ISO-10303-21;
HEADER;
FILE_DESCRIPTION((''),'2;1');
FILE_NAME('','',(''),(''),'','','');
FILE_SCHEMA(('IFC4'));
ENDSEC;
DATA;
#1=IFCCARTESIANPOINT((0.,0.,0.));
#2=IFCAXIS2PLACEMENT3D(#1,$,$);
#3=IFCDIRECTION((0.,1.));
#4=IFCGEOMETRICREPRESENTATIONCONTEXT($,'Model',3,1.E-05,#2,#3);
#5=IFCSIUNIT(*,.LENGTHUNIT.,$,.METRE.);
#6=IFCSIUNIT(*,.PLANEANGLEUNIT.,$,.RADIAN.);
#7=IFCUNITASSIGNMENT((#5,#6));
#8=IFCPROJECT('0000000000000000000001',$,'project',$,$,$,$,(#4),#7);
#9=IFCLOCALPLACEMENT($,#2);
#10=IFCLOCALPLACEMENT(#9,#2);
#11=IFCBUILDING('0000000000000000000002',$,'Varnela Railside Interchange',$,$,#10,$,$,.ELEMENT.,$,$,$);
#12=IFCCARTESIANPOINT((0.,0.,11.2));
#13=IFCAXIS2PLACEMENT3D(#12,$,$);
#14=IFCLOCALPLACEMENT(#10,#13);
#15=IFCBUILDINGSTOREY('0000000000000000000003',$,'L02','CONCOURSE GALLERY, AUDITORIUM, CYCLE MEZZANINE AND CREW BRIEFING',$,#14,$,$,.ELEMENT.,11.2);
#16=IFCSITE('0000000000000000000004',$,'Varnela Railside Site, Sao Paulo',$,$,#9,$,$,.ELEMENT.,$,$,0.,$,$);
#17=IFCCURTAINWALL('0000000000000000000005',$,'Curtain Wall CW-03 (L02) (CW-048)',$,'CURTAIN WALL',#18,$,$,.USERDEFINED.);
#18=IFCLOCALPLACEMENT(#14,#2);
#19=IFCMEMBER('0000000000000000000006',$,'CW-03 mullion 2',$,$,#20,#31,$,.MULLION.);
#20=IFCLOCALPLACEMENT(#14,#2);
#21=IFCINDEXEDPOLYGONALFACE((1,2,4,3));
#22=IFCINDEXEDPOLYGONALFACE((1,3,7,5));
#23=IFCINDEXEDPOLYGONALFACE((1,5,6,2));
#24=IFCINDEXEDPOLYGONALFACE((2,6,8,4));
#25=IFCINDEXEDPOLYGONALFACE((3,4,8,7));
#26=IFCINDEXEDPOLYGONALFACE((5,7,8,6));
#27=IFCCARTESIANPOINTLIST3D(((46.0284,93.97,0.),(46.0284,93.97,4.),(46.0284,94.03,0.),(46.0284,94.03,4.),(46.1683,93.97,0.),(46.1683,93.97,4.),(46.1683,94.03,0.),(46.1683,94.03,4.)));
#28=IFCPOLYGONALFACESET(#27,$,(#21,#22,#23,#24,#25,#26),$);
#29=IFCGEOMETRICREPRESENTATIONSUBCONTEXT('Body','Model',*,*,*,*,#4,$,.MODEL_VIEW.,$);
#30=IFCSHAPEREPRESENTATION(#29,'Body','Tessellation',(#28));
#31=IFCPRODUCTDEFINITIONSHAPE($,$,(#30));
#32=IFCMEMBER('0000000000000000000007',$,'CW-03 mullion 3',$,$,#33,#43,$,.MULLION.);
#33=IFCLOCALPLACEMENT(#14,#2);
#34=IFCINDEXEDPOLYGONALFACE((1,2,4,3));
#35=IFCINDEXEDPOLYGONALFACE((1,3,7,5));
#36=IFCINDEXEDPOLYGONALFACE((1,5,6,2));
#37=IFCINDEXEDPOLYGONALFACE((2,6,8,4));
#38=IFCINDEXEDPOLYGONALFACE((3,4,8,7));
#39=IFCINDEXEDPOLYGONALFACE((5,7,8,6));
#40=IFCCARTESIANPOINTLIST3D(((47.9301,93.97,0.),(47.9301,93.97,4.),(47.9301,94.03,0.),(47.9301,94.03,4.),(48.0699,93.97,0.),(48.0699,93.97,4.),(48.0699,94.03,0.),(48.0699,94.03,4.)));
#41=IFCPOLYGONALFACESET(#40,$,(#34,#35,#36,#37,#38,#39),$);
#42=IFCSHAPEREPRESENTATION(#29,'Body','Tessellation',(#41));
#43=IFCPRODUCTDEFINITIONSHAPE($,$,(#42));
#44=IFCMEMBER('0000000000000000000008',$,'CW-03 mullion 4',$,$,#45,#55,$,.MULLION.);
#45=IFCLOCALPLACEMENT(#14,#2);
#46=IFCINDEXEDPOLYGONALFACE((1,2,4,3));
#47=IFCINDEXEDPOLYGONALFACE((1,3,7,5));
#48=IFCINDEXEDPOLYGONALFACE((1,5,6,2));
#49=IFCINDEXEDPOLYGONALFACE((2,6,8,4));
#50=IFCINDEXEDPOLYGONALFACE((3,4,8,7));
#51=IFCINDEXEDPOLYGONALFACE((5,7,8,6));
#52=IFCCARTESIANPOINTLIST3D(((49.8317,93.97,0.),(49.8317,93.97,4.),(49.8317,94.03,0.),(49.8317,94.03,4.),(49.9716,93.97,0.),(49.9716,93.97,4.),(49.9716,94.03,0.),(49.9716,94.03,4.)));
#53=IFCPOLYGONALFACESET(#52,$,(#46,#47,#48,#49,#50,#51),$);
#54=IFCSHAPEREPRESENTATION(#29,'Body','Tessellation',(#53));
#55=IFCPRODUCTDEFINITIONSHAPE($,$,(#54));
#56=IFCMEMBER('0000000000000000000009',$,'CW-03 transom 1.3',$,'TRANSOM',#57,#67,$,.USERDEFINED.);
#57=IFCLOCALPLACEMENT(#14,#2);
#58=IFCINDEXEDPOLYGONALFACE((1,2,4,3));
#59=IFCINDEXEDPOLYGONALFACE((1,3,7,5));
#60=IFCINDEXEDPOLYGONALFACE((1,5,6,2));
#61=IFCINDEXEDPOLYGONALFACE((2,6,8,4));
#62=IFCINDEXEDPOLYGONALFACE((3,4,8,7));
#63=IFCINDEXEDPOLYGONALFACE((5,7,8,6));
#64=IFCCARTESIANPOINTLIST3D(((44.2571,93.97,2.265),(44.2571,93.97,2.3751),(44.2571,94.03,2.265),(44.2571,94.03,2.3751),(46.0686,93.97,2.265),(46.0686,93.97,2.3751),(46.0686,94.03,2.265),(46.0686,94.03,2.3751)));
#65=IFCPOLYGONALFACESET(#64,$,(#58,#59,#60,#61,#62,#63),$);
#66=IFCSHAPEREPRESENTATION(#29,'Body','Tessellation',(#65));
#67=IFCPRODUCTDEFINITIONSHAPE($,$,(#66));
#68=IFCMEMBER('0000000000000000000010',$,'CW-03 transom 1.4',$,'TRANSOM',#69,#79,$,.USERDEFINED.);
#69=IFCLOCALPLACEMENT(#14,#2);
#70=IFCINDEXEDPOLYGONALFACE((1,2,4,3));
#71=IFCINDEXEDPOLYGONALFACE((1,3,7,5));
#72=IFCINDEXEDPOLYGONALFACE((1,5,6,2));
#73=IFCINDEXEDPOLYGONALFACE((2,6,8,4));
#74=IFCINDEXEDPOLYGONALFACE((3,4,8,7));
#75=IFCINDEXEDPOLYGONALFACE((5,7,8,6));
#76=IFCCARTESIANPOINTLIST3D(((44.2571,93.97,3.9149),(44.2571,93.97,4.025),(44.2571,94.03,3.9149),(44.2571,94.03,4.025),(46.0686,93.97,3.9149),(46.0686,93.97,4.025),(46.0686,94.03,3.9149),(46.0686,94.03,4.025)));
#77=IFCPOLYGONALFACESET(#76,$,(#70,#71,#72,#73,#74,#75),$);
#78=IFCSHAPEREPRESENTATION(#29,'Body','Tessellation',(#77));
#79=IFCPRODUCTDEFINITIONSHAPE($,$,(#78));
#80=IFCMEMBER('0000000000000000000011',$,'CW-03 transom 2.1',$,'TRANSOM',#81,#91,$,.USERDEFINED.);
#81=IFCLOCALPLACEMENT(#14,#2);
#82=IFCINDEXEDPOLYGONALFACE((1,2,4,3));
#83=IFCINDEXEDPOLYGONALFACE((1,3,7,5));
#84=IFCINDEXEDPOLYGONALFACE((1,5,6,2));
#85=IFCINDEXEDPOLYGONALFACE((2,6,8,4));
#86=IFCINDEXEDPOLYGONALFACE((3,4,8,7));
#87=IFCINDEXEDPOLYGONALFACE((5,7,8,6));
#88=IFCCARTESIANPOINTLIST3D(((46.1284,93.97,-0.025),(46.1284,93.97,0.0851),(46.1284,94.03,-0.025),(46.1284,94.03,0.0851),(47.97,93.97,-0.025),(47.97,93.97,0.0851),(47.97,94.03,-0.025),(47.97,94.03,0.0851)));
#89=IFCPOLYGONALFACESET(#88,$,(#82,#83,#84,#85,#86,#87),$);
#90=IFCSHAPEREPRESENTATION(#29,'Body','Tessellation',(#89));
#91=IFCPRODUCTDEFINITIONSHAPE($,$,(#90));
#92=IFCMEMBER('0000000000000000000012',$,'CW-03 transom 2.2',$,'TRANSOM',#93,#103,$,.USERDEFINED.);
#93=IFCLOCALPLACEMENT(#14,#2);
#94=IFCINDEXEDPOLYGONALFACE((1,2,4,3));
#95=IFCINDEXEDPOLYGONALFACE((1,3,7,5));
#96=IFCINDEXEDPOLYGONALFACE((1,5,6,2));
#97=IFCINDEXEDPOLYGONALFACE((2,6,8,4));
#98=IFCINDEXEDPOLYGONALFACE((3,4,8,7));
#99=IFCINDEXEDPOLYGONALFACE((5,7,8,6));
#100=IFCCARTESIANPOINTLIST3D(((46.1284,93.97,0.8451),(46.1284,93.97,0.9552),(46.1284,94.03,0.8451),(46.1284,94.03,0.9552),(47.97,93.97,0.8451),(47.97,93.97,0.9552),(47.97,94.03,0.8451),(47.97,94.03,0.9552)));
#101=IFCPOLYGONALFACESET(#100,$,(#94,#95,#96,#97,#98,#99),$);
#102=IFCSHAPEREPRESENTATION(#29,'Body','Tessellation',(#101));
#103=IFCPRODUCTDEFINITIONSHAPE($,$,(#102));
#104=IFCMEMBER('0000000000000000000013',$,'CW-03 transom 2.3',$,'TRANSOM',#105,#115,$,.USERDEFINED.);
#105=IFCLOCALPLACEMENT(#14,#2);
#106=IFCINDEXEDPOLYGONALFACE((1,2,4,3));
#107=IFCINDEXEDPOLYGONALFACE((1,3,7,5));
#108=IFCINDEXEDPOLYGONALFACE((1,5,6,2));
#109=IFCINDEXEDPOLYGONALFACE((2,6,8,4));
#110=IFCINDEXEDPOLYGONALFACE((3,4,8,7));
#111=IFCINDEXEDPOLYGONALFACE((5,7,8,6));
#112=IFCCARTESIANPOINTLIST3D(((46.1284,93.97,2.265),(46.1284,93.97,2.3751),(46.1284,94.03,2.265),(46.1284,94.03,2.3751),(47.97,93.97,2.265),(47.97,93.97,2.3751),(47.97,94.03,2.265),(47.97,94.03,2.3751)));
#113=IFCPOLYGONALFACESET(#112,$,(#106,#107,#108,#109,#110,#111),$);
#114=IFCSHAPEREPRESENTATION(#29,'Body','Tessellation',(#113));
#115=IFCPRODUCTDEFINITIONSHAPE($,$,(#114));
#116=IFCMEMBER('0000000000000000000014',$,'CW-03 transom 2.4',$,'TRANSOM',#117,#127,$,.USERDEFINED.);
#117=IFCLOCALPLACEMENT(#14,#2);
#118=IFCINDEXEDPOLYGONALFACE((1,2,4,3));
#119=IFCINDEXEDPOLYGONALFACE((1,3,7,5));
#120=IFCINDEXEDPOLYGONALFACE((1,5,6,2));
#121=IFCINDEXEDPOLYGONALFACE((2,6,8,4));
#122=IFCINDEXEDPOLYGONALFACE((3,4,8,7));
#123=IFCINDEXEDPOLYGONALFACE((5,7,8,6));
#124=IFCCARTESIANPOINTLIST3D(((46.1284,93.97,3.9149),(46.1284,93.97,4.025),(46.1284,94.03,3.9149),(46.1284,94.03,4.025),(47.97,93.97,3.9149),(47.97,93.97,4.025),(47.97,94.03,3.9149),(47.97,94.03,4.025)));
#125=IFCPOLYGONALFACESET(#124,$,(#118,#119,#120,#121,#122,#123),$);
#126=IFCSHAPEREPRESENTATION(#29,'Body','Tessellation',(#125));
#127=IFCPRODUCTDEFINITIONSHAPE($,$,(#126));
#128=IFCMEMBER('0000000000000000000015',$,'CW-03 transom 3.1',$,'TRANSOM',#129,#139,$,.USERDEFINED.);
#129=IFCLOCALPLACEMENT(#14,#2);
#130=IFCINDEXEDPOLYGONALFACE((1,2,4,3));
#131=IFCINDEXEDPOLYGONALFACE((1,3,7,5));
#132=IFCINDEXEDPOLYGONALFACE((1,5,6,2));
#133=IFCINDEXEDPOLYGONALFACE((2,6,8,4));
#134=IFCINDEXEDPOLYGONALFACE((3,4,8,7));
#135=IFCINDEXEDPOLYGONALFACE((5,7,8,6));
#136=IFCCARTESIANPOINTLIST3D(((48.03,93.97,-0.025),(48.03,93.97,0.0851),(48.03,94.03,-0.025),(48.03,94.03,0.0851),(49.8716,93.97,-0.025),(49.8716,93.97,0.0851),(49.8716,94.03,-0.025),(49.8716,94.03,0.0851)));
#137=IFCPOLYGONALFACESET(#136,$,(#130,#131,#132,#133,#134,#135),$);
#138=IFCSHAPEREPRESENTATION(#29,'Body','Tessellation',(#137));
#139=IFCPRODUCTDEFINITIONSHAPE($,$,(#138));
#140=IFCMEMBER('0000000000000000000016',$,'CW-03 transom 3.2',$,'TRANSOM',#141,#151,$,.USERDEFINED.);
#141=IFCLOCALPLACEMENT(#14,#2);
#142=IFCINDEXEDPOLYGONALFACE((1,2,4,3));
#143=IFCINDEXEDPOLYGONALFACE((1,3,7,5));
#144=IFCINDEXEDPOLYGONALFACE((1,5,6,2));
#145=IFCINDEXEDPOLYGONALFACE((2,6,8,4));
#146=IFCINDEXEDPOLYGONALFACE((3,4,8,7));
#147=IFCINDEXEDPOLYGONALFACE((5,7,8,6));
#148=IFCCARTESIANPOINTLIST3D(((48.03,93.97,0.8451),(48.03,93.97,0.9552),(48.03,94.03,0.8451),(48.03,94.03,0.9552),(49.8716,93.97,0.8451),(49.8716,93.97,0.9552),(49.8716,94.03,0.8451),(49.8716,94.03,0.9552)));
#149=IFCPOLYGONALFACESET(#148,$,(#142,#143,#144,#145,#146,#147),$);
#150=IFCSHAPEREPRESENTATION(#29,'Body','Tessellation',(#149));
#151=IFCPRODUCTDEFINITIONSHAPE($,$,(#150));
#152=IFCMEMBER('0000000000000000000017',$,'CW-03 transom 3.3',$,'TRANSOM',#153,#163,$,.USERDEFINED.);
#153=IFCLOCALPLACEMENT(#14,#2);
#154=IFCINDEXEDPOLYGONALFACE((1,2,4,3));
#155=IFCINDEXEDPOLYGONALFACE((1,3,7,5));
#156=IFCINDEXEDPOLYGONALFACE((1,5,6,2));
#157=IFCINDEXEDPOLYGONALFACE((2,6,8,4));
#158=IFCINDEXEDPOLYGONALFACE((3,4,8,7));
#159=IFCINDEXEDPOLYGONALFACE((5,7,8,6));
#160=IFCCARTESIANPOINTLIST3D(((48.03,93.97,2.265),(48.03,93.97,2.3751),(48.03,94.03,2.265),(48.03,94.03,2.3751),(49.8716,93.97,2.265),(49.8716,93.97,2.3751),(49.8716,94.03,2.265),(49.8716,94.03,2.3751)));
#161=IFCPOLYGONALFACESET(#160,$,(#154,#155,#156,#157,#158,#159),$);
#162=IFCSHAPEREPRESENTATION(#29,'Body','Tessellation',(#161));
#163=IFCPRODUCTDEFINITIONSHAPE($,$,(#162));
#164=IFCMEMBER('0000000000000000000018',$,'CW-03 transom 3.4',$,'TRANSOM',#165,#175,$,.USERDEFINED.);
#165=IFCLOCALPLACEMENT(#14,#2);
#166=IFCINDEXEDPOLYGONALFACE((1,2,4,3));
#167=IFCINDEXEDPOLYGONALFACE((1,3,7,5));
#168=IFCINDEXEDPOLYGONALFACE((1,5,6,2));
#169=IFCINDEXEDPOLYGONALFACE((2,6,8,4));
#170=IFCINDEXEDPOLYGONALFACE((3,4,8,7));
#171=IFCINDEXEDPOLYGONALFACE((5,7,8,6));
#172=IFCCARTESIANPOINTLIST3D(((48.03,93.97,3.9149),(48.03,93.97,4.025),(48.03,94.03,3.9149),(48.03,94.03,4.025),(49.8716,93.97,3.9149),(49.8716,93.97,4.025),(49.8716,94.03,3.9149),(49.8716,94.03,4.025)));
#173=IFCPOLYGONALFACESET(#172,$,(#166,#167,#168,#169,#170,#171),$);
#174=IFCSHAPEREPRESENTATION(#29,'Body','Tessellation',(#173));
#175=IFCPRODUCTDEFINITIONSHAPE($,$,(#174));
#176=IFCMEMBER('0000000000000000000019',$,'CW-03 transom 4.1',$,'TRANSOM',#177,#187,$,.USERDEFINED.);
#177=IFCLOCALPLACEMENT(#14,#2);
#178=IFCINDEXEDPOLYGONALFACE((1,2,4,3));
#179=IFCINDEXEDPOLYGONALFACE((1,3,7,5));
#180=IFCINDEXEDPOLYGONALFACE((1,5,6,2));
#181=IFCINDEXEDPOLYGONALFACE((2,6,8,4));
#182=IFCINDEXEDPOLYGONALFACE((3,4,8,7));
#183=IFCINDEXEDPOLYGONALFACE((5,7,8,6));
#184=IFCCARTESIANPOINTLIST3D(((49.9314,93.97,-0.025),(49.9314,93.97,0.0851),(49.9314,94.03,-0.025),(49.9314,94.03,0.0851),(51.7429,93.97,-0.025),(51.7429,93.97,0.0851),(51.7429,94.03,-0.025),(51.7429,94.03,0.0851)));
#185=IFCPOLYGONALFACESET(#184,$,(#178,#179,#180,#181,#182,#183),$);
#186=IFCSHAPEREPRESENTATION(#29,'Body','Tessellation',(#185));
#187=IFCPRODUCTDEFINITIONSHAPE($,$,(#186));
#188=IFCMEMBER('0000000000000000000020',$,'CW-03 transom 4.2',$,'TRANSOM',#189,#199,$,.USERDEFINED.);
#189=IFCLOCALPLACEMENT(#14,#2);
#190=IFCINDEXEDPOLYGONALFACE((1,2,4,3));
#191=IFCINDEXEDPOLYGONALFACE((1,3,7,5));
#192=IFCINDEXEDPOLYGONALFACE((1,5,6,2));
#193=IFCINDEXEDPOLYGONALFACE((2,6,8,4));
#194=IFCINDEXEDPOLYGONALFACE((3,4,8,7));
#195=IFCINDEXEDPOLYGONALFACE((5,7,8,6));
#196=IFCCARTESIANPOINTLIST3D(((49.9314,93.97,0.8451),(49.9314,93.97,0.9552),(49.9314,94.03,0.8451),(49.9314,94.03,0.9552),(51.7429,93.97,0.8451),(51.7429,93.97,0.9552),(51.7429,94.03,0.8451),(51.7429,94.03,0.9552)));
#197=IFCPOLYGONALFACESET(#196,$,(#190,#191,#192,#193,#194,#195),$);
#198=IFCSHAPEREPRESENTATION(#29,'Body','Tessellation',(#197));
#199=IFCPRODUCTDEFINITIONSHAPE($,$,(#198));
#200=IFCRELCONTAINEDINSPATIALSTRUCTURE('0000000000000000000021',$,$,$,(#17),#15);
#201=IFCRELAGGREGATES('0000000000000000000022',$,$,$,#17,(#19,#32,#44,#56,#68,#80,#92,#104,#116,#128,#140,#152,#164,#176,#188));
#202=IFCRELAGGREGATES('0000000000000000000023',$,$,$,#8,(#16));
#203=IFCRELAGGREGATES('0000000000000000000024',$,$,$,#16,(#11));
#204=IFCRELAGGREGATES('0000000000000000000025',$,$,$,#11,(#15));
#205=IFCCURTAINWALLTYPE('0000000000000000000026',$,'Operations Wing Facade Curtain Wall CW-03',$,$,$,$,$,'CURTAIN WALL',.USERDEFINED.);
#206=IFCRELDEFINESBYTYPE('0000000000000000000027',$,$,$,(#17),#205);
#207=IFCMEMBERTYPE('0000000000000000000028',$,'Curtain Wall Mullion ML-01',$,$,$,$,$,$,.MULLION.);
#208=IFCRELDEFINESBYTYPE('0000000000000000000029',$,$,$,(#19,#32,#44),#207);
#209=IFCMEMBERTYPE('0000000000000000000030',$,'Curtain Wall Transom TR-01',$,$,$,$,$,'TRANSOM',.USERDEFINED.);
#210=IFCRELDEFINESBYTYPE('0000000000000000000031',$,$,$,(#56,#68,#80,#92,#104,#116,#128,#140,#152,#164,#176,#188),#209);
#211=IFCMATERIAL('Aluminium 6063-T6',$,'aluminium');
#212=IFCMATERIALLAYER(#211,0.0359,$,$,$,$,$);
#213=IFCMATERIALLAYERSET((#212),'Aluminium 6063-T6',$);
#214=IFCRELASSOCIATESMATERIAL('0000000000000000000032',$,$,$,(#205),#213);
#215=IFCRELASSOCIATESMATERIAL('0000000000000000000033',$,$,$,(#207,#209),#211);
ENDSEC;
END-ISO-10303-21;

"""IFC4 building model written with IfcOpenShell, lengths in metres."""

from ifc_helpers import new_model, si_unit, direction, frame, origin, origin_2d, place, context, subcontext, project, spatial, rectangle, extrude, material, layer, layer_set, material_profile, profile_set, type_object, element, aggregate, save


model = new_model("IFC4")

# Units and contexts
model_context = context("Model", 3, precision=1e-05, world=origin(), true_north=direction((0.0, 1.0)))
body_context = subcontext(model_context, "Body", "Model", "MODEL_VIEW")
ifc_project = project(units=[si_unit("LENGTHUNIT", "METRE"), si_unit("PLANEANGLEUNIT", "RADIAN")], contexts=[model_context])

# Site, building, storey
site_placement = place(None, origin())
site = spatial("IfcSite", under=ifc_project, at=site_placement, Name="Varnela Railside Site, Sao Paulo", CompositionType="ELEMENT", RefElevation=0.0)
building_placement = place(site_placement, origin())
building = spatial("IfcBuilding", under=site, at=building_placement, Name="Varnela Railside Interchange", CompositionType="ELEMENT")
storey_placement = place(building_placement, frame((0.0, 0.0, 11.2)))
storey = spatial("IfcBuildingStorey", under=building, at=storey_placement, Name="L02", Description="CONCOURSE GALLERY, AUDITORIUM, CYCLE MEZZANINE AND CREW BRIEFING", CompositionType="ELEMENT", Elevation=11.2)

# Curtain wall, members
ifc_material_1 = material(Name="Aluminium 6063-T6", Category="aluminium")
ifc_layer_1 = layer(ifc_material_1, 0.0359)
ifc_layer_set_1 = layer_set([ifc_layer_1], Name="Aluminium 6063-T6")
curtain_wall_type = type_object("IfcCurtainWallType", Name="Operations Wing Facade Curtain Wall CW-03", ElementType="CURTAIN WALL", PredefinedType="USERDEFINED", material=ifc_layer_set_1)
curtain_wall_placement = place(storey_placement, origin())
curtain_wall = element("IfcCurtainWall", 1, at=curtain_wall_placement, inside=storey, type_object=curtain_wall_type, Name="Curtain Wall CW-03 (L02) (CW-048)", ObjectType="CURTAIN WALL", PredefinedType="USERDEFINED")
ifc_material_profile_1 = material_profile(ifc_material_1, rectangle(XDim=0.0601, YDim=0.1399, at=origin_2d()), Name="ALU 60x140")
ifc_profile_set_1 = profile_set([ifc_material_profile_1], Name="Aluminium 6063-T6")
member_type_1 = type_object("IfcMemberType", Name="Curtain Wall Mullion ML-01", PredefinedType="MULLION", material=ifc_profile_set_1)
member_1_placement = place(storey_placement, frame((46.0984, 94.0, 0.0), z_axis=(0.0, 0.0, 1.0), x_axis=(0.0, 1.0, 0.0)))
member_1 = element("IfcMember", 2, at=member_1_placement, type_object=member_type_1, Name="CW-03 mullion 2", PredefinedType="MULLION", context=body_context, shape_type="SweptSolid", body=[
    extrude(rectangle(XDim=0.0601, YDim=0.1399, at=origin_2d()), origin(), (0.0, 0.0, 1.0), 4.0),
])
member_2_placement = place(storey_placement, frame((48.0, 94.0, 0.0), z_axis=(0.0, 0.0, 1.0), x_axis=(0.0, 1.0, 0.0)))
member_2 = element("IfcMember", 3, at=member_2_placement, type_object=member_type_1, Name="CW-03 mullion 3", PredefinedType="MULLION", context=body_context, shape_type="SweptSolid", body=[
    extrude(rectangle(XDim=0.0601, YDim=0.1399, at=origin_2d()), origin(), (0.0, 0.0, 1.0), 4.0),
])
member_3_placement = place(storey_placement, frame((49.9016, 94.0, 0.0), z_axis=(0.0, 0.0, 1.0), x_axis=(0.0, 1.0, 0.0)))
member_3 = element("IfcMember", 4, at=member_3_placement, type_object=member_type_1, Name="CW-03 mullion 4", PredefinedType="MULLION", context=body_context, shape_type="SweptSolid", body=[
    extrude(rectangle(XDim=0.0601, YDim=0.1399, at=origin_2d()), origin(), (0.0, 0.0, 1.0), 4.0),
])
ifc_material_profile_2 = material_profile(ifc_material_1, rectangle(XDim=0.0601, YDim=0.1101, at=origin_2d()), Name="ALU 60x110")
ifc_profile_set_2 = profile_set([ifc_material_profile_2], Name="Aluminium 6063-T6")
member_type_2 = type_object("IfcMemberType", Name="Curtain Wall Transom TR-01", ElementType="TRANSOM", PredefinedType="USERDEFINED", material=ifc_profile_set_2)
member_4_placement = place(storey_placement, frame((44.2571, 94.0, 2.3201), z_axis=(1.0, 0.0, 0.0), x_axis=(0.0, 1.0, 0.0)))
member_4 = element("IfcMember", 5, at=member_4_placement, type_object=member_type_2, Name="CW-03 transom 1.3", ObjectType="TRANSOM", PredefinedType="USERDEFINED", context=body_context, shape_type="SweptSolid", body=[
    extrude(rectangle(XDim=0.0601, YDim=0.1101, at=origin_2d()), origin(), (0.0, 0.0, 1.0), 1.8115),
])
member_5_placement = place(storey_placement, frame((44.2571, 94.0, 3.97), z_axis=(1.0, 0.0, 0.0), x_axis=(0.0, 1.0, 0.0)))
member_5 = element("IfcMember", 6, at=member_5_placement, type_object=member_type_2, Name="CW-03 transom 1.4", ObjectType="TRANSOM", PredefinedType="USERDEFINED", context=body_context, shape_type="SweptSolid", body=[
    extrude(rectangle(XDim=0.0601, YDim=0.1101, at=origin_2d()), origin(), (0.0, 0.0, 1.0), 1.8115),
])
member_6_placement = place(storey_placement, frame((46.1284, 94.0, 0.03), z_axis=(1.0, 0.0, 0.0), x_axis=(0.0, 1.0, 0.0)))
member_6 = element("IfcMember", 7, at=member_6_placement, type_object=member_type_2, Name="CW-03 transom 2.1", ObjectType="TRANSOM", PredefinedType="USERDEFINED", context=body_context, shape_type="SweptSolid", body=[
    extrude(rectangle(XDim=0.0601, YDim=0.1101, at=origin_2d()), origin(), (0.0, 0.0, 1.0), 1.8416),
])
member_7_placement = place(storey_placement, frame((46.1284, 94.0, 0.9001), z_axis=(1.0, 0.0, 0.0), x_axis=(0.0, 1.0, 0.0)))
member_7 = element("IfcMember", 8, at=member_7_placement, type_object=member_type_2, Name="CW-03 transom 2.2", ObjectType="TRANSOM", PredefinedType="USERDEFINED", context=body_context, shape_type="SweptSolid", body=[
    extrude(rectangle(XDim=0.0601, YDim=0.1101, at=origin_2d()), origin(), (0.0, 0.0, 1.0), 1.8416),
])
member_8_placement = place(storey_placement, frame((46.1284, 94.0, 2.3201), z_axis=(1.0, 0.0, 0.0), x_axis=(0.0, 1.0, 0.0)))
member_8 = element("IfcMember", 9, at=member_8_placement, type_object=member_type_2, Name="CW-03 transom 2.3", ObjectType="TRANSOM", PredefinedType="USERDEFINED", context=body_context, shape_type="SweptSolid", body=[
    extrude(rectangle(XDim=0.0601, YDim=0.1101, at=origin_2d()), origin(), (0.0, 0.0, 1.0), 1.8416),
])
member_9_placement = place(storey_placement, frame((46.1284, 94.0, 3.97), z_axis=(1.0, 0.0, 0.0), x_axis=(0.0, 1.0, 0.0)))
member_9 = element("IfcMember", 10, at=member_9_placement, type_object=member_type_2, Name="CW-03 transom 2.4", ObjectType="TRANSOM", PredefinedType="USERDEFINED", context=body_context, shape_type="SweptSolid", body=[
    extrude(rectangle(XDim=0.0601, YDim=0.1101, at=origin_2d()), origin(), (0.0, 0.0, 1.0), 1.8416),
])
member_10_placement = place(storey_placement, frame((48.03, 94.0, 0.03), z_axis=(1.0, 0.0, 0.0), x_axis=(0.0, 1.0, 0.0)))
member_10 = element("IfcMember", 11, at=member_10_placement, type_object=member_type_2, Name="CW-03 transom 3.1", ObjectType="TRANSOM", PredefinedType="USERDEFINED", context=body_context, shape_type="SweptSolid", body=[
    extrude(rectangle(XDim=0.0601, YDim=0.1101, at=origin_2d()), origin(), (0.0, 0.0, 1.0), 1.8416),
])
member_11_placement = place(storey_placement, frame((48.03, 94.0, 0.9001), z_axis=(1.0, 0.0, 0.0), x_axis=(0.0, 1.0, 0.0)))
member_11 = element("IfcMember", 12, at=member_11_placement, type_object=member_type_2, Name="CW-03 transom 3.2", ObjectType="TRANSOM", PredefinedType="USERDEFINED", context=body_context, shape_type="SweptSolid", body=[
    extrude(rectangle(XDim=0.0601, YDim=0.1101, at=origin_2d()), origin(), (0.0, 0.0, 1.0), 1.8416),
])
member_12_placement = place(storey_placement, frame((48.03, 94.0, 2.3201), z_axis=(1.0, 0.0, 0.0), x_axis=(0.0, 1.0, 0.0)))
member_12 = element("IfcMember", 13, at=member_12_placement, type_object=member_type_2, Name="CW-03 transom 3.3", ObjectType="TRANSOM", PredefinedType="USERDEFINED", context=body_context, shape_type="SweptSolid", body=[
    extrude(rectangle(XDim=0.0601, YDim=0.1101, at=origin_2d()), origin(), (0.0, 0.0, 1.0), 1.8416),
])
member_13_placement = place(storey_placement, frame((48.03, 94.0, 3.97), z_axis=(1.0, 0.0, 0.0), x_axis=(0.0, 1.0, 0.0)))
member_13 = element("IfcMember", 14, at=member_13_placement, type_object=member_type_2, Name="CW-03 transom 3.4", ObjectType="TRANSOM", PredefinedType="USERDEFINED", context=body_context, shape_type="SweptSolid", body=[
    extrude(rectangle(XDim=0.0601, YDim=0.1101, at=origin_2d()), origin(), (0.0, 0.0, 1.0), 1.8416),
])
member_14_placement = place(storey_placement, frame((49.9314, 94.0, 0.03), z_axis=(1.0, 0.0, 0.0), x_axis=(0.0, 1.0, 0.0)))
member_14 = element("IfcMember", 15, at=member_14_placement, type_object=member_type_2, Name="CW-03 transom 4.1", ObjectType="TRANSOM", PredefinedType="USERDEFINED", context=body_context, shape_type="SweptSolid", body=[
    extrude(rectangle(XDim=0.0601, YDim=0.1101, at=origin_2d()), origin(), (0.0, 0.0, 1.0), 1.8115),
])
member_15_placement = place(storey_placement, frame((49.9314, 94.0, 0.9001), z_axis=(1.0, 0.0, 0.0), x_axis=(0.0, 1.0, 0.0)))
member_15 = element("IfcMember", 16, at=member_15_placement, type_object=member_type_2, Name="CW-03 transom 4.2", ObjectType="TRANSOM", PredefinedType="USERDEFINED", context=body_context, shape_type="SweptSolid", body=[
    extrude(rectangle(XDim=0.0601, YDim=0.1101, at=origin_2d()), origin(), (0.0, 0.0, 1.0), 1.8115),
])
aggregate(curtain_wall, [member_1, member_2, member_3, member_4, member_5, member_6, member_7, member_8, member_9, member_10, member_11, member_12, member_13, member_14, member_15])

save(model, "model.ifc")
